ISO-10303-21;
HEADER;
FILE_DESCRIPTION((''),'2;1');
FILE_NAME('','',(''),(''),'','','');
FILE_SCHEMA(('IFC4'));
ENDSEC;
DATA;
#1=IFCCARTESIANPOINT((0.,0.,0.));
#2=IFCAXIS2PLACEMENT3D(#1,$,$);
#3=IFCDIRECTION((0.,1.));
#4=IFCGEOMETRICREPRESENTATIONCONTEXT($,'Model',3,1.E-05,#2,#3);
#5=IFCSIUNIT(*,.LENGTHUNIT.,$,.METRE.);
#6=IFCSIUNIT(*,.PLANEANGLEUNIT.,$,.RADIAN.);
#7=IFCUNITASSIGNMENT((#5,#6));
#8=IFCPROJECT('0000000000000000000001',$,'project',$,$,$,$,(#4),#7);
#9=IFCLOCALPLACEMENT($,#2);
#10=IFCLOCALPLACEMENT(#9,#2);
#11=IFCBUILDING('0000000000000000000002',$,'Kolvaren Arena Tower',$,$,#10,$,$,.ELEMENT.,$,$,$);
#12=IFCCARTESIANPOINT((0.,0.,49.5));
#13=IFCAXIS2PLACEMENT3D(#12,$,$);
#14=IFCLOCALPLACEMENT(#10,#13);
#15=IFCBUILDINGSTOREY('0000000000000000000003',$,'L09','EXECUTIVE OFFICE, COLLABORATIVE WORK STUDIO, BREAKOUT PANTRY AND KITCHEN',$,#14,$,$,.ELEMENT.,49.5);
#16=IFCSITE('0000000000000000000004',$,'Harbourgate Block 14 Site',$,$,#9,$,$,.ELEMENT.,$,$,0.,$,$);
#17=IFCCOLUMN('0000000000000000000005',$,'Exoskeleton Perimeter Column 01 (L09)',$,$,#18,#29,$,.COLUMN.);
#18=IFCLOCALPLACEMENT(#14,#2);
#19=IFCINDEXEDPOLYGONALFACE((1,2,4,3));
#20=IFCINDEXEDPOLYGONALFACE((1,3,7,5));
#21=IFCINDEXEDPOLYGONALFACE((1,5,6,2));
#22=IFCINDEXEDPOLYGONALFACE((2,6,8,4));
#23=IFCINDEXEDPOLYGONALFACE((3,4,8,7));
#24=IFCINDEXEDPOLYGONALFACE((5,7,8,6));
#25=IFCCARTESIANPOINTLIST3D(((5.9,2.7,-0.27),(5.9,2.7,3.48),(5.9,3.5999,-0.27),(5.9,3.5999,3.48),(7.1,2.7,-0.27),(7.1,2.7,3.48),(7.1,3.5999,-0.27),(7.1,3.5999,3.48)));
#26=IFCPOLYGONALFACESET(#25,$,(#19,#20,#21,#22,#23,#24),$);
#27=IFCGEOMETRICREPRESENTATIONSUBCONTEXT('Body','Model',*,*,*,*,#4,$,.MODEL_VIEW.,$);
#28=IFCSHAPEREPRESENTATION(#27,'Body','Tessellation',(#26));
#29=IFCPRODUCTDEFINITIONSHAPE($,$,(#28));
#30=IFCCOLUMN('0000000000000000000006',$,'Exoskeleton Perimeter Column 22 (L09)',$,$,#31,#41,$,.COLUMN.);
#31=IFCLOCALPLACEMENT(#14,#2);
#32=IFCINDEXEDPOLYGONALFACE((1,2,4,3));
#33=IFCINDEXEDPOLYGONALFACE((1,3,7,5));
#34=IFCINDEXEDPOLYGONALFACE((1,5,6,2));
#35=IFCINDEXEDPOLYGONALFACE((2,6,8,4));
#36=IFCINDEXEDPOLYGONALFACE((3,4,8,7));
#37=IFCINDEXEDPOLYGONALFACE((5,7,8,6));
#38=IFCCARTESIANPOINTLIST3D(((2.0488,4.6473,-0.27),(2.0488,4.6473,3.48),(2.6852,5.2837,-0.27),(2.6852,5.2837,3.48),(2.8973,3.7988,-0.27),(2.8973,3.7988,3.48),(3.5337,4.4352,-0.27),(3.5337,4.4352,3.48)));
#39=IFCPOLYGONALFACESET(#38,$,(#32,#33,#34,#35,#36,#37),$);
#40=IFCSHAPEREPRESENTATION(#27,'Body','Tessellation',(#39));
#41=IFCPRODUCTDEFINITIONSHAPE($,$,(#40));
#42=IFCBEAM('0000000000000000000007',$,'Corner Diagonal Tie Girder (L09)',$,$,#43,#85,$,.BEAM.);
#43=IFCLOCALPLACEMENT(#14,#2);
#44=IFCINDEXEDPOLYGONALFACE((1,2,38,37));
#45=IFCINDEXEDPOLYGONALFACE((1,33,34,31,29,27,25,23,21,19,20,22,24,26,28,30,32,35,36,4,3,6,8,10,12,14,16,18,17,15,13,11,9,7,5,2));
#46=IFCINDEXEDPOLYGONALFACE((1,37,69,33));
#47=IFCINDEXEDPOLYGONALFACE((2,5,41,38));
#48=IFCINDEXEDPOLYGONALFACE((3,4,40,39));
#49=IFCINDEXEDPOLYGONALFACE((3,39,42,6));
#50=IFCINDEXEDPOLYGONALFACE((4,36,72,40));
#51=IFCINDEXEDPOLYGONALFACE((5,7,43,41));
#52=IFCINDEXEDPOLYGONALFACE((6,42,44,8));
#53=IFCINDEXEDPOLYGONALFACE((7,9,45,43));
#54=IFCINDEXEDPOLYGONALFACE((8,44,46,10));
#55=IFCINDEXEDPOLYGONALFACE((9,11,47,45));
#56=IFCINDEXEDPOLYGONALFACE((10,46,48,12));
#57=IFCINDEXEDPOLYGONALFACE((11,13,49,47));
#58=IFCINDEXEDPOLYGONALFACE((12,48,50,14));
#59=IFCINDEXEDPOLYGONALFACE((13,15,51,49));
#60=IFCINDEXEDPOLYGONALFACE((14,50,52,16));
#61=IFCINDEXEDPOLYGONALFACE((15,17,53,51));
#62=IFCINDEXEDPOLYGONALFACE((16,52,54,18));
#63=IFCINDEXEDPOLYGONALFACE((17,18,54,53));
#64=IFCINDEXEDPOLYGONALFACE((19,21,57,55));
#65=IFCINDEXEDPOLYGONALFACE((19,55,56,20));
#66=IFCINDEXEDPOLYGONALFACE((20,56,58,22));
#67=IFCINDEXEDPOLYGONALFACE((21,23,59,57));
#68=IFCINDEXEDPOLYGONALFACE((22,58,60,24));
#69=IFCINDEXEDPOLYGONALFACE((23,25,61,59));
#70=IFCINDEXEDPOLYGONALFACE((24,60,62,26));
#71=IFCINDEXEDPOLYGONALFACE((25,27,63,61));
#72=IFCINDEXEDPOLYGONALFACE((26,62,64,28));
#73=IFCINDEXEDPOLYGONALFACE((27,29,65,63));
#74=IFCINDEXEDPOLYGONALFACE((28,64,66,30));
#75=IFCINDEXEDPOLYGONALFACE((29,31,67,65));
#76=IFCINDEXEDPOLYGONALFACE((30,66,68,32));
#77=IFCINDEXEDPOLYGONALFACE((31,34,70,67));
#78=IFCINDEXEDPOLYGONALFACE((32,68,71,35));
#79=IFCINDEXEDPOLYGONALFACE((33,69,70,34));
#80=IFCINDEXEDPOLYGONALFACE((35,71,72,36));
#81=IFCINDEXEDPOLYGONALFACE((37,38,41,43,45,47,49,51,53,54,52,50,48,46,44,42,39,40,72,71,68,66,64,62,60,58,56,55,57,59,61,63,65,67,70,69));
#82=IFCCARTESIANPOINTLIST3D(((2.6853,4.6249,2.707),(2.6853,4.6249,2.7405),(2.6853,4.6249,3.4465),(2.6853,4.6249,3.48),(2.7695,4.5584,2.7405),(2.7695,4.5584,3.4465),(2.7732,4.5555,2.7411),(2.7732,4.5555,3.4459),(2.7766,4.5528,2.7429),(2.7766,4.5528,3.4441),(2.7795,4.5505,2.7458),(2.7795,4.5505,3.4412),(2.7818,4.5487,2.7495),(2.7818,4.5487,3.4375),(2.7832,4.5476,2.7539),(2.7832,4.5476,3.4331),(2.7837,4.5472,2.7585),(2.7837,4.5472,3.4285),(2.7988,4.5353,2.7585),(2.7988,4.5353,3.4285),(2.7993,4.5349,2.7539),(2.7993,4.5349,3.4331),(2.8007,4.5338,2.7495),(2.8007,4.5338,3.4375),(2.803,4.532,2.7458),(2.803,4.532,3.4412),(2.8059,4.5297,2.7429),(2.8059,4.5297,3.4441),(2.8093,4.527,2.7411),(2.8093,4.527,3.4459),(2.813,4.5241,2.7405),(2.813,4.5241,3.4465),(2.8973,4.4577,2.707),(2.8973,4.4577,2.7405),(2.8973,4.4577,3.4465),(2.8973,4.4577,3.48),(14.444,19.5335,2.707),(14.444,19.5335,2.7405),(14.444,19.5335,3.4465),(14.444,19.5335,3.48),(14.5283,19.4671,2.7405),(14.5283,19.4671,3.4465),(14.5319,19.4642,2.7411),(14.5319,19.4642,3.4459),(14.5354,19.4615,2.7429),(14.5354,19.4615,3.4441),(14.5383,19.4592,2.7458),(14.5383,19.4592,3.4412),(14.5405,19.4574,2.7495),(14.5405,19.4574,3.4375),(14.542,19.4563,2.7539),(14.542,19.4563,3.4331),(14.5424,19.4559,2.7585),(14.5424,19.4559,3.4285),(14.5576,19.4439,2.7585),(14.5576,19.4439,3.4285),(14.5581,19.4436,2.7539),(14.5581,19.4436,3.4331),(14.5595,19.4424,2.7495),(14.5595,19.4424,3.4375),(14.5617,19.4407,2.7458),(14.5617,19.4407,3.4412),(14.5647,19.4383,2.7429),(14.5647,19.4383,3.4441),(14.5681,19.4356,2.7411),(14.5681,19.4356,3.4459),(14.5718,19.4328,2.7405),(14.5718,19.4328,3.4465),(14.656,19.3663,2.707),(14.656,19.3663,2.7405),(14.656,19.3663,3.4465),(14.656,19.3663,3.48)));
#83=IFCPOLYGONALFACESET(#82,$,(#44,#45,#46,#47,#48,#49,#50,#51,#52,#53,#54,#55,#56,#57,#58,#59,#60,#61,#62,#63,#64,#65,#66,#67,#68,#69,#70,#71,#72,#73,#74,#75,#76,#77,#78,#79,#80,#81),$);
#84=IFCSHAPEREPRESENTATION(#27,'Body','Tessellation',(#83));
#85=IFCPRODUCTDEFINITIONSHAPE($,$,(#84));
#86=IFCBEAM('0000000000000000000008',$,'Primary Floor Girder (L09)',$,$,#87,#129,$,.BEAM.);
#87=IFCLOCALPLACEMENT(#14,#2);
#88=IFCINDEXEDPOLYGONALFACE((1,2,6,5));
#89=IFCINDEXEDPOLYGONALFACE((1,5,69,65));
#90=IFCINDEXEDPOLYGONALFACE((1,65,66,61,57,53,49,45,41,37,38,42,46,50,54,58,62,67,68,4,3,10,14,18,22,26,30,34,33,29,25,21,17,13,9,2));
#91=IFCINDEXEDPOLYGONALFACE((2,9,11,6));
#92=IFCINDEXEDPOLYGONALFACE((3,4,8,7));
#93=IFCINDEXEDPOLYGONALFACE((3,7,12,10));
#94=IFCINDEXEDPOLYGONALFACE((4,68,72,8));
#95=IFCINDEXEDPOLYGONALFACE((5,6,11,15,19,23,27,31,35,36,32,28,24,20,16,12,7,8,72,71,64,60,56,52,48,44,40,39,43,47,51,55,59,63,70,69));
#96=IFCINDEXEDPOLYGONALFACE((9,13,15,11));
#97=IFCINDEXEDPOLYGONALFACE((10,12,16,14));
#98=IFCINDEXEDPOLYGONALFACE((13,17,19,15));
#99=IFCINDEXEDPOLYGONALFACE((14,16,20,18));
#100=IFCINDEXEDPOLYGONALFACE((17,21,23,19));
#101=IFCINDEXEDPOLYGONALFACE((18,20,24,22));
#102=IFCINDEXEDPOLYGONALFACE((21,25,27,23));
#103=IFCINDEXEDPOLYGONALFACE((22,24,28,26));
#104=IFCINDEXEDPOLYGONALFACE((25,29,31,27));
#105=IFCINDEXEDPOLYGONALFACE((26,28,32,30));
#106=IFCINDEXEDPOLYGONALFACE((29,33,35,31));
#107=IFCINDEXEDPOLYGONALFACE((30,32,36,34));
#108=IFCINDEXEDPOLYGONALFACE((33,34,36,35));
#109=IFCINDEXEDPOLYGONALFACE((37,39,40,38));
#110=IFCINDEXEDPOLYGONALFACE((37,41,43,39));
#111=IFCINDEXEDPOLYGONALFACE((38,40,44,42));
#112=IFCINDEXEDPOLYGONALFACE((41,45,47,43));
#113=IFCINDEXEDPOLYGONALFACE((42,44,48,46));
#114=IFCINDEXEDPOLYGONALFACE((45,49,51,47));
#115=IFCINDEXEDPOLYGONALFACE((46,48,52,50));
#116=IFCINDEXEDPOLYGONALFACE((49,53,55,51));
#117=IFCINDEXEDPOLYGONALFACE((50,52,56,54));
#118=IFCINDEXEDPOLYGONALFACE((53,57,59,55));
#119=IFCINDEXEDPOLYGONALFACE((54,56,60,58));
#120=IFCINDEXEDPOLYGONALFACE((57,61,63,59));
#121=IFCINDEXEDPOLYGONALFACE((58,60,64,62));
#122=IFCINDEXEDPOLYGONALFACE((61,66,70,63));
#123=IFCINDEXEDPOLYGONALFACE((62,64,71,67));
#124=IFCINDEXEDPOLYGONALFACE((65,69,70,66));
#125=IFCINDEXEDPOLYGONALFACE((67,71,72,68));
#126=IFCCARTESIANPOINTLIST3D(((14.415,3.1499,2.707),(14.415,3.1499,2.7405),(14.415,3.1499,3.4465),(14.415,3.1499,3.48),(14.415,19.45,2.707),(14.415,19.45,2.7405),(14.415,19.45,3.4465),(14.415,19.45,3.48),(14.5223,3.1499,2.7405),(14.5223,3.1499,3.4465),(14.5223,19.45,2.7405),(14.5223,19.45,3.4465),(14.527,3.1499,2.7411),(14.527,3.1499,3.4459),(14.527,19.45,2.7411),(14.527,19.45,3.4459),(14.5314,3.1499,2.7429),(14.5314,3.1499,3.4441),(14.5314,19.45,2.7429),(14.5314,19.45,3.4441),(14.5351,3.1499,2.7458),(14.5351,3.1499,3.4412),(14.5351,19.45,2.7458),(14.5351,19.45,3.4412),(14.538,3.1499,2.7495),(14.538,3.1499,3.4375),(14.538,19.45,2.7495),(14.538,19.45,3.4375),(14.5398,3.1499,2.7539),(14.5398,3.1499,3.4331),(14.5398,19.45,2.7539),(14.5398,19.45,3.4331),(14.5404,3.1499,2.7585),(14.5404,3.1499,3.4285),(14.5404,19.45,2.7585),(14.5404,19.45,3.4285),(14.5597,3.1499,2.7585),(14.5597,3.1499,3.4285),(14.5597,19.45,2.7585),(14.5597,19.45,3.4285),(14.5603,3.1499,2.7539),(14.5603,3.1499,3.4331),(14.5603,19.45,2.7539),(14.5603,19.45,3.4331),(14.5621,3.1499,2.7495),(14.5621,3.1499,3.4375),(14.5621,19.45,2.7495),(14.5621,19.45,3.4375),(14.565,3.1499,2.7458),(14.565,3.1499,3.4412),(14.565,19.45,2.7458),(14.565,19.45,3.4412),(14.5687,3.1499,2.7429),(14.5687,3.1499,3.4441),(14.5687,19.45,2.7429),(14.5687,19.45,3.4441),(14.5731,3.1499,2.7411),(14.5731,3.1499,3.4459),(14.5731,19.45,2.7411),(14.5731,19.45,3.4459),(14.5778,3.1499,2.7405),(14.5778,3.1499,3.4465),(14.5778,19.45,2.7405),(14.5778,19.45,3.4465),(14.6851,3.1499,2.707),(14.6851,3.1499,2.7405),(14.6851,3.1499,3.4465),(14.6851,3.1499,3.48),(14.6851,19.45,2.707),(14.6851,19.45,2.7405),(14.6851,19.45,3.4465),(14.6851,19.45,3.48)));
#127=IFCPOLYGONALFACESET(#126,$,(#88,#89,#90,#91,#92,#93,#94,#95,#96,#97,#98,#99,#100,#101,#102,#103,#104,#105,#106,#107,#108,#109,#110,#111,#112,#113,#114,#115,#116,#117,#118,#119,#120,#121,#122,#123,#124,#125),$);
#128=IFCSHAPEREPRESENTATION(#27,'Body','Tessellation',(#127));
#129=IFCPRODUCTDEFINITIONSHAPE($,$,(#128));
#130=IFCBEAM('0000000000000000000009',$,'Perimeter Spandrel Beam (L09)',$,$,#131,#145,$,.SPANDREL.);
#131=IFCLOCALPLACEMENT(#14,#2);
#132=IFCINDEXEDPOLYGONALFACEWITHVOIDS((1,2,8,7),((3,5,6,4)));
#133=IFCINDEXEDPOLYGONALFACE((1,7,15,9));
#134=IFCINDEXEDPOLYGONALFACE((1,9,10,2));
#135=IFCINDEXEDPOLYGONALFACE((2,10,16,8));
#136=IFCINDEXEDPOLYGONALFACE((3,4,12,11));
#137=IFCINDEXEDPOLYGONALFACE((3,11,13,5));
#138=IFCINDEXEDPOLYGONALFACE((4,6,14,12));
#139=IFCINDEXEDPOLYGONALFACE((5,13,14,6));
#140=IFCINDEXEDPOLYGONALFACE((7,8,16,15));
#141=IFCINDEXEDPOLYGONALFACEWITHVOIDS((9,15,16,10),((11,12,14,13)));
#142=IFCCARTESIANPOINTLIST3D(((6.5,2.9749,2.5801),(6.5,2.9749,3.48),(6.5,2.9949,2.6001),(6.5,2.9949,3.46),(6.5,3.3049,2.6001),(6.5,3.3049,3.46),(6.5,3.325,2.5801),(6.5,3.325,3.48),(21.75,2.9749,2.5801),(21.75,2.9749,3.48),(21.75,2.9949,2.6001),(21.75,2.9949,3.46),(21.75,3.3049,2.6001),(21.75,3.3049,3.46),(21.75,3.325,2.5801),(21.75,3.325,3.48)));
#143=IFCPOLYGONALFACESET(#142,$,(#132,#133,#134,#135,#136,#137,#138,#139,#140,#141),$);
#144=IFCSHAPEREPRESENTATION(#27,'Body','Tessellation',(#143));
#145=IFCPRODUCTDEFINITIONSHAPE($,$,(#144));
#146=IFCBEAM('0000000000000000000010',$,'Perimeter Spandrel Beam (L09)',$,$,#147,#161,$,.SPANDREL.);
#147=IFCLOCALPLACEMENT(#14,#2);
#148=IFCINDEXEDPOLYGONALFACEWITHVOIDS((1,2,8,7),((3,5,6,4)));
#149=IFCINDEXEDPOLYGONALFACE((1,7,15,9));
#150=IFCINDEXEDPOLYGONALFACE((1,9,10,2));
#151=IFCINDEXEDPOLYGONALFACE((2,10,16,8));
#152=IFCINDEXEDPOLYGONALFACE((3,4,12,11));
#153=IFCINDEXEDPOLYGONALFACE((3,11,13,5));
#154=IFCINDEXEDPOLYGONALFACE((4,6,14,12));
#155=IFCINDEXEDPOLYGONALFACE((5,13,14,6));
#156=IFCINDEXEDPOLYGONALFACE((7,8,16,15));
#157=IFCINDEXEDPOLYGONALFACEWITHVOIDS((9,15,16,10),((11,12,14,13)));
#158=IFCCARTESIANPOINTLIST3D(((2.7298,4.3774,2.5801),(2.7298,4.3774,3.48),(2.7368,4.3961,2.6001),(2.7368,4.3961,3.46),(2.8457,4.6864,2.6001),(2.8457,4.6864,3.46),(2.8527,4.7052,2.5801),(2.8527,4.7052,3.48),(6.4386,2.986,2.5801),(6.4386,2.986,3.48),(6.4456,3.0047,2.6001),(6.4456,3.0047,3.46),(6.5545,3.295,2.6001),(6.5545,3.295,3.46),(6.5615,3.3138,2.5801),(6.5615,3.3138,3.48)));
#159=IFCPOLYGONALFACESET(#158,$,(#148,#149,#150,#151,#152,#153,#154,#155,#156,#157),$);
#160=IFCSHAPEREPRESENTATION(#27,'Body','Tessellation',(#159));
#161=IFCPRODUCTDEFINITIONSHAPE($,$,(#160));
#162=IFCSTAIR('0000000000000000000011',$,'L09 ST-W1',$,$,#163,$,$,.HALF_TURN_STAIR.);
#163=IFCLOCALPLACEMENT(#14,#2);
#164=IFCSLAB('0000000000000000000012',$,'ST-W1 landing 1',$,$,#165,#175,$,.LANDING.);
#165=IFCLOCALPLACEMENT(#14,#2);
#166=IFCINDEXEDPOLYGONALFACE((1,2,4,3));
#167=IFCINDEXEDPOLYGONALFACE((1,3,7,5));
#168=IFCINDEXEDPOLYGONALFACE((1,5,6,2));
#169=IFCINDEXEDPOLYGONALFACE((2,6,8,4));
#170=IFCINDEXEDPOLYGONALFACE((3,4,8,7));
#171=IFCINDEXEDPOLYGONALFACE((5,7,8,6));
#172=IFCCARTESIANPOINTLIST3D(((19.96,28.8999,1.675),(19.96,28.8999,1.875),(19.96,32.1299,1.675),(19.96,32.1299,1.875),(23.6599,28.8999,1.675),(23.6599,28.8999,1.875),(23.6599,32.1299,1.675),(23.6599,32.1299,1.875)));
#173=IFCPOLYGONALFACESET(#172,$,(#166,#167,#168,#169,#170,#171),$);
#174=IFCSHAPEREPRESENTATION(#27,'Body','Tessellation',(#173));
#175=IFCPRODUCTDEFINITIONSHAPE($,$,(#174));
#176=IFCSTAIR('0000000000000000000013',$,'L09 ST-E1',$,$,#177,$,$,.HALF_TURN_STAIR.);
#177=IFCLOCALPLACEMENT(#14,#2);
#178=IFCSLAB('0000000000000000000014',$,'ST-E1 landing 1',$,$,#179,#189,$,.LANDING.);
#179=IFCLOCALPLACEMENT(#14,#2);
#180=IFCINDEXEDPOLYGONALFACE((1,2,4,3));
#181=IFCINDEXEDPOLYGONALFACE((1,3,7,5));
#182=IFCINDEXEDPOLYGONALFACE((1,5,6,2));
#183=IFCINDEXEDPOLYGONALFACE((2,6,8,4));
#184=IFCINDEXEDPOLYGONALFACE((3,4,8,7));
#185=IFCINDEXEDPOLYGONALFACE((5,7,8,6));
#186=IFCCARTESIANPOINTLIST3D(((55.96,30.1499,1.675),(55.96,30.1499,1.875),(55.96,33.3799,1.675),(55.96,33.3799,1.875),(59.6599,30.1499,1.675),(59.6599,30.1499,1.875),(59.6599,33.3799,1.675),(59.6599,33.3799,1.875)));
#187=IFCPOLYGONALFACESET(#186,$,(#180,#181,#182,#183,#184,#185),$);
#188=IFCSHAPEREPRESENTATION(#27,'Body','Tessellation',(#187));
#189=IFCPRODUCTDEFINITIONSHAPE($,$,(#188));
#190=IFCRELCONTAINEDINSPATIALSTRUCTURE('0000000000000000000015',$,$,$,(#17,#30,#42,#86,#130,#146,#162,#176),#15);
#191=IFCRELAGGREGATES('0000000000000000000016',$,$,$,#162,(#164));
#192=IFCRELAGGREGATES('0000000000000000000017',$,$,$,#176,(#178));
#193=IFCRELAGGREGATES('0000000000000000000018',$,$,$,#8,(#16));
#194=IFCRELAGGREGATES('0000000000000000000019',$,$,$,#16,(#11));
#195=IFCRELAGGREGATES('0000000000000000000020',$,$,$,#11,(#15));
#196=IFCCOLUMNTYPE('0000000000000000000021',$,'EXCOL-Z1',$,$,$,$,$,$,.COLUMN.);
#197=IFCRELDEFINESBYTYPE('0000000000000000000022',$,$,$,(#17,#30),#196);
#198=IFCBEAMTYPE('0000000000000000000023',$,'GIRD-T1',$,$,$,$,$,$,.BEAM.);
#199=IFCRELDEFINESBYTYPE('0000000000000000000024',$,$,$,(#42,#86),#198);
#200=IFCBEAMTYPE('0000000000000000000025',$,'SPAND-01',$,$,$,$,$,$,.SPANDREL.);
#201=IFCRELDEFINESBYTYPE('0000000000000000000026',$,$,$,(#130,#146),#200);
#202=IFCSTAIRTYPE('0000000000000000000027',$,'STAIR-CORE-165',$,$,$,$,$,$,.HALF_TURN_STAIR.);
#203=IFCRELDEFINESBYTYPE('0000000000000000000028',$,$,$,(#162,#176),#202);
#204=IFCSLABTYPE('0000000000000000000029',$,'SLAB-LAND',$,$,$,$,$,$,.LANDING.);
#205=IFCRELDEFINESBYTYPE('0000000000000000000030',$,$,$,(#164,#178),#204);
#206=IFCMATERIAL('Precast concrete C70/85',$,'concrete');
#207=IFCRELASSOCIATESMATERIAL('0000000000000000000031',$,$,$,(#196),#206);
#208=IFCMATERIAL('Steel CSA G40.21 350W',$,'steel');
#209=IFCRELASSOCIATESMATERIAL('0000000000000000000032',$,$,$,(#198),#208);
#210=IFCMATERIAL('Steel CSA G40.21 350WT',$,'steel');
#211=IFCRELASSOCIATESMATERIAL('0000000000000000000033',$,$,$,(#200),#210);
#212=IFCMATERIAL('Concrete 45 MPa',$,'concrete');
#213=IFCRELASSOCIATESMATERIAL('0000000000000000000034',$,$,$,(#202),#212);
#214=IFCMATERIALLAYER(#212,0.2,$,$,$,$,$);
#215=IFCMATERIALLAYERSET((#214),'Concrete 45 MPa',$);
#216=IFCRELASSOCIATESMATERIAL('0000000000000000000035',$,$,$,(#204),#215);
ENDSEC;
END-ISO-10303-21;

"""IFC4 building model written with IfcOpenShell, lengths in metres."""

from ifc_helpers import new_model, si_unit, direction, frame, origin, origin_2d, place, context, subcontext, project, spatial, polyline, rectangle, hollow_rectangle, i_section, outline, extrude, material, layer, layer_set, material_profile, profile_set, type_object, element, aggregate, save


model = new_model("IFC4")

# Units and contexts
model_context = context("Model", 3, precision=1e-05, world=origin(), true_north=direction((0.0, 1.0)))
body_context = subcontext(model_context, "Body", "Model", "MODEL_VIEW")
ifc_project = project(units=[si_unit("LENGTHUNIT", "METRE"), si_unit("PLANEANGLEUNIT", "RADIAN")], contexts=[model_context])

# Site, building, storey
site_placement = place(None, origin())
site = spatial("IfcSite", under=ifc_project, at=site_placement, Name="Harbourgate Block 14 Site", CompositionType="ELEMENT", RefElevation=0.0)
building_placement = place(site_placement, origin())
building = spatial("IfcBuilding", under=site, at=building_placement, Name="Kolvaren Arena Tower", CompositionType="ELEMENT")
storey_placement = place(building_placement, frame((0.0, 0.0, 49.5)))
storey = spatial("IfcBuildingStorey", under=building, at=storey_placement, Name="L09", Description="EXECUTIVE OFFICE, COLLABORATIVE WORK STUDIO, BREAKOUT PANTRY AND KITCHEN", CompositionType="ELEMENT", Elevation=49.5)

# Columns
ifc_material_1 = material(Name="Precast concrete C70/85", Category="concrete")
ifc_material_profile_1 = material_profile(ifc_material_1, rectangle(XDim=1.2, YDim=0.8999, at=origin_2d()), Name="RC-1200x900")
ifc_profile_set_1 = profile_set([ifc_material_profile_1], Name="Precast concrete C70/85")
column_type = type_object("IfcColumnType", Name="EXCOL-Z1", PredefinedType="COLUMN", material=ifc_profile_set_1)
for number, where, z_axis, x_axis, name in (
    (1, (6.5, 3.1499, -0.27), (0.0, 0.0, 1.0), (1.0, 0.0, 0.0), "Exoskeleton Perimeter Column 01 (L09)"),
    (2, (2.7913, 4.5413, -0.27), (0.0, 0.0, 1.0), (-0.707107, 0.707107, 0.0), "Exoskeleton Perimeter Column 22 (L09)"),
):
    element("IfcColumn", number, at=place(storey_placement, frame(where, z_axis=z_axis, x_axis=x_axis)), inside=storey, type_object=column_type, Name=name, PredefinedType="COLUMN", context=body_context, shape_type="SweptSolid", body=[
        extrude(rectangle(XDim=1.2, YDim=0.8999, at=origin_2d()), origin(), (0.0, 0.0, 1.0), 3.75),
    ])

# Beams
ifc_material_2 = material(Name="Steel CSA G40.21 350W", Category="steel")
ifc_material_profile_2 = material_profile(ifc_material_2, i_section(OverallWidth=0.27, OverallDepth=0.7729, WebThickness=0.0193, FlangeThickness=0.0334, FilletRadius=0.0181, at=origin_2d()), Name="W760x257")
ifc_profile_set_2 = profile_set([ifc_material_profile_2], Name="Steel CSA G40.21 350W")
beam_type_1 = type_object("IfcBeamType", Name="GIRD-T1", PredefinedType="BEAM", material=ifc_profile_set_2)
beam_1_placement = place(storey_placement, frame((2.7913, 4.5413, 3.0935), z_axis=(0.61928, 0.78517, 0.0), x_axis=(-0.78517, 0.61928, 0.0)))
element("IfcBeam", 3, at=beam_1_placement, inside=storey, type_object=beam_type_1, Name="Corner Diagonal Tie Girder (L09)", PredefinedType="BEAM", context=body_context, shape_type="SweptSolid", body=[
    extrude(i_section(OverallWidth=0.27, OverallDepth=0.7729, WebThickness=0.0193, FlangeThickness=0.0334, FilletRadius=0.0181, at=origin_2d()), origin(), (0.0, 0.0, 1.0), 18.9878),
])
beam_2_placement = place(storey_placement, frame((14.55, 3.1499, 3.0935), z_axis=(0.0, 1.0, 0.0), x_axis=(-1.0, 0.0, 0.0)))
element("IfcBeam", 4, at=beam_2_placement, inside=storey, type_object=beam_type_1, Name="Primary Floor Girder (L09)", PredefinedType="BEAM", context=body_context, shape_type="SweptSolid", body=[
    extrude(i_section(OverallWidth=0.27, OverallDepth=0.7729, WebThickness=0.0193, FlangeThickness=0.0334, FilletRadius=0.0181, at=origin_2d()), origin(), (0.0, 0.0, 1.0), 16.3),
])
ifc_material_3 = material(Name="Steel CSA G40.21 350WT", Category="steel")
ifc_material_profile_3 = material_profile(ifc_material_3, hollow_rectangle(XDim=0.3501, YDim=0.8999, WallThickness=0.02, at=origin_2d()), Name="HSS 900x350x20")
ifc_profile_set_3 = profile_set([ifc_material_profile_3], Name="Steel CSA G40.21 350WT")
beam_type_2 = type_object("IfcBeamType", Name="SPAND-01", PredefinedType="SPANDREL", material=ifc_profile_set_3)
beam_3_placement = place(storey_placement, frame((6.5, 3.1499, 3.03), z_axis=(1.0, 0.0, 0.0), x_axis=(0.0, 1.0, 0.0)))
element("IfcBeam", 5, at=beam_3_placement, inside=storey, type_object=beam_type_2, Name="Perimeter Spandrel Beam (L09)", PredefinedType="SPANDREL", context=body_context, shape_type="SweptSolid", body=[
    extrude(hollow_rectangle(XDim=0.3501, YDim=0.8999, WallThickness=0.02, at=origin_2d()), origin(), (0.0, 0.0, 1.0), 15.25),
])
beam_4_placement = place(storey_placement, frame((2.7913, 4.5413, 3.03), z_axis=(0.936281, -0.351252, 0.0), x_axis=(0.351252, 0.936281, 0.0)))
element("IfcBeam", 6, at=beam_4_placement, inside=storey, type_object=beam_type_2, Name="Perimeter Spandrel Beam (L09)", PredefinedType="SPANDREL", context=body_context, shape_type="SweptSolid", body=[
    extrude(hollow_rectangle(XDim=0.3501, YDim=0.8999, WallThickness=0.02, at=origin_2d()), origin(), (0.0, 0.0, 1.0), 3.9612),
])

# Stairs, slabs
ifc_material_4 = material(Name="Concrete 45 MPa", Category="concrete")
stair_type_1 = type_object("IfcStairType", Name="STAIR-CORE-165", PredefinedType="HALF_TURN_STAIR", material=ifc_material_4)
stair_1_placement = place(storey_placement, origin())
stair_1 = element("IfcStair", 7, at=stair_1_placement, inside=storey, type_object=stair_type_1, Name="L09 ST-W1", PredefinedType="HALF_TURN_STAIR")
ifc_layer_1 = layer(ifc_material_4, 0.2)
ifc_layer_set_1 = layer_set([ifc_layer_1], Name="Concrete 45 MPa")
slab_type_1 = type_object("IfcSlabType", Name="SLAB-LAND", PredefinedType="LANDING", material=ifc_layer_set_1)
slab_1_placement = place(storey_placement, frame((0.0, 0.0, 1.675)))
slab_1 = element("IfcSlab", 8, at=slab_1_placement, type_object=slab_type_1, Name="ST-W1 landing 1", PredefinedType="LANDING", context=body_context, shape_type="SweptSolid", body=[
    extrude(outline(polyline([(19.96, 28.8999), (23.6599, 28.8999), (23.6599, 32.1299), (19.96, 32.1299), (19.96, 28.8999)])), origin(), (0.0, 0.0, 1.0), 0.2),
])
aggregate(stair_1, [slab_1])
stair_2_placement = place(storey_placement, origin())
stair_2 = element("IfcStair", 9, at=stair_2_placement, inside=storey, type_object=stair_type_1, Name="L09 ST-E1", PredefinedType="HALF_TURN_STAIR")
slab_2_placement = place(storey_placement, frame((0.0, 0.0, 1.675)))
slab_2 = element("IfcSlab", 10, at=slab_2_placement, type_object=slab_type_1, Name="ST-E1 landing 1", PredefinedType="LANDING", context=body_context, shape_type="SweptSolid", body=[
    extrude(outline(polyline([(55.96, 30.1499), (59.6599, 30.1499), (59.6599, 33.3799), (55.96, 33.3799), (55.96, 30.1499)])), origin(), (0.0, 0.0, 1.0), 0.2),
])
aggregate(stair_2, [slab_2])

save(model, "model.ifc")
